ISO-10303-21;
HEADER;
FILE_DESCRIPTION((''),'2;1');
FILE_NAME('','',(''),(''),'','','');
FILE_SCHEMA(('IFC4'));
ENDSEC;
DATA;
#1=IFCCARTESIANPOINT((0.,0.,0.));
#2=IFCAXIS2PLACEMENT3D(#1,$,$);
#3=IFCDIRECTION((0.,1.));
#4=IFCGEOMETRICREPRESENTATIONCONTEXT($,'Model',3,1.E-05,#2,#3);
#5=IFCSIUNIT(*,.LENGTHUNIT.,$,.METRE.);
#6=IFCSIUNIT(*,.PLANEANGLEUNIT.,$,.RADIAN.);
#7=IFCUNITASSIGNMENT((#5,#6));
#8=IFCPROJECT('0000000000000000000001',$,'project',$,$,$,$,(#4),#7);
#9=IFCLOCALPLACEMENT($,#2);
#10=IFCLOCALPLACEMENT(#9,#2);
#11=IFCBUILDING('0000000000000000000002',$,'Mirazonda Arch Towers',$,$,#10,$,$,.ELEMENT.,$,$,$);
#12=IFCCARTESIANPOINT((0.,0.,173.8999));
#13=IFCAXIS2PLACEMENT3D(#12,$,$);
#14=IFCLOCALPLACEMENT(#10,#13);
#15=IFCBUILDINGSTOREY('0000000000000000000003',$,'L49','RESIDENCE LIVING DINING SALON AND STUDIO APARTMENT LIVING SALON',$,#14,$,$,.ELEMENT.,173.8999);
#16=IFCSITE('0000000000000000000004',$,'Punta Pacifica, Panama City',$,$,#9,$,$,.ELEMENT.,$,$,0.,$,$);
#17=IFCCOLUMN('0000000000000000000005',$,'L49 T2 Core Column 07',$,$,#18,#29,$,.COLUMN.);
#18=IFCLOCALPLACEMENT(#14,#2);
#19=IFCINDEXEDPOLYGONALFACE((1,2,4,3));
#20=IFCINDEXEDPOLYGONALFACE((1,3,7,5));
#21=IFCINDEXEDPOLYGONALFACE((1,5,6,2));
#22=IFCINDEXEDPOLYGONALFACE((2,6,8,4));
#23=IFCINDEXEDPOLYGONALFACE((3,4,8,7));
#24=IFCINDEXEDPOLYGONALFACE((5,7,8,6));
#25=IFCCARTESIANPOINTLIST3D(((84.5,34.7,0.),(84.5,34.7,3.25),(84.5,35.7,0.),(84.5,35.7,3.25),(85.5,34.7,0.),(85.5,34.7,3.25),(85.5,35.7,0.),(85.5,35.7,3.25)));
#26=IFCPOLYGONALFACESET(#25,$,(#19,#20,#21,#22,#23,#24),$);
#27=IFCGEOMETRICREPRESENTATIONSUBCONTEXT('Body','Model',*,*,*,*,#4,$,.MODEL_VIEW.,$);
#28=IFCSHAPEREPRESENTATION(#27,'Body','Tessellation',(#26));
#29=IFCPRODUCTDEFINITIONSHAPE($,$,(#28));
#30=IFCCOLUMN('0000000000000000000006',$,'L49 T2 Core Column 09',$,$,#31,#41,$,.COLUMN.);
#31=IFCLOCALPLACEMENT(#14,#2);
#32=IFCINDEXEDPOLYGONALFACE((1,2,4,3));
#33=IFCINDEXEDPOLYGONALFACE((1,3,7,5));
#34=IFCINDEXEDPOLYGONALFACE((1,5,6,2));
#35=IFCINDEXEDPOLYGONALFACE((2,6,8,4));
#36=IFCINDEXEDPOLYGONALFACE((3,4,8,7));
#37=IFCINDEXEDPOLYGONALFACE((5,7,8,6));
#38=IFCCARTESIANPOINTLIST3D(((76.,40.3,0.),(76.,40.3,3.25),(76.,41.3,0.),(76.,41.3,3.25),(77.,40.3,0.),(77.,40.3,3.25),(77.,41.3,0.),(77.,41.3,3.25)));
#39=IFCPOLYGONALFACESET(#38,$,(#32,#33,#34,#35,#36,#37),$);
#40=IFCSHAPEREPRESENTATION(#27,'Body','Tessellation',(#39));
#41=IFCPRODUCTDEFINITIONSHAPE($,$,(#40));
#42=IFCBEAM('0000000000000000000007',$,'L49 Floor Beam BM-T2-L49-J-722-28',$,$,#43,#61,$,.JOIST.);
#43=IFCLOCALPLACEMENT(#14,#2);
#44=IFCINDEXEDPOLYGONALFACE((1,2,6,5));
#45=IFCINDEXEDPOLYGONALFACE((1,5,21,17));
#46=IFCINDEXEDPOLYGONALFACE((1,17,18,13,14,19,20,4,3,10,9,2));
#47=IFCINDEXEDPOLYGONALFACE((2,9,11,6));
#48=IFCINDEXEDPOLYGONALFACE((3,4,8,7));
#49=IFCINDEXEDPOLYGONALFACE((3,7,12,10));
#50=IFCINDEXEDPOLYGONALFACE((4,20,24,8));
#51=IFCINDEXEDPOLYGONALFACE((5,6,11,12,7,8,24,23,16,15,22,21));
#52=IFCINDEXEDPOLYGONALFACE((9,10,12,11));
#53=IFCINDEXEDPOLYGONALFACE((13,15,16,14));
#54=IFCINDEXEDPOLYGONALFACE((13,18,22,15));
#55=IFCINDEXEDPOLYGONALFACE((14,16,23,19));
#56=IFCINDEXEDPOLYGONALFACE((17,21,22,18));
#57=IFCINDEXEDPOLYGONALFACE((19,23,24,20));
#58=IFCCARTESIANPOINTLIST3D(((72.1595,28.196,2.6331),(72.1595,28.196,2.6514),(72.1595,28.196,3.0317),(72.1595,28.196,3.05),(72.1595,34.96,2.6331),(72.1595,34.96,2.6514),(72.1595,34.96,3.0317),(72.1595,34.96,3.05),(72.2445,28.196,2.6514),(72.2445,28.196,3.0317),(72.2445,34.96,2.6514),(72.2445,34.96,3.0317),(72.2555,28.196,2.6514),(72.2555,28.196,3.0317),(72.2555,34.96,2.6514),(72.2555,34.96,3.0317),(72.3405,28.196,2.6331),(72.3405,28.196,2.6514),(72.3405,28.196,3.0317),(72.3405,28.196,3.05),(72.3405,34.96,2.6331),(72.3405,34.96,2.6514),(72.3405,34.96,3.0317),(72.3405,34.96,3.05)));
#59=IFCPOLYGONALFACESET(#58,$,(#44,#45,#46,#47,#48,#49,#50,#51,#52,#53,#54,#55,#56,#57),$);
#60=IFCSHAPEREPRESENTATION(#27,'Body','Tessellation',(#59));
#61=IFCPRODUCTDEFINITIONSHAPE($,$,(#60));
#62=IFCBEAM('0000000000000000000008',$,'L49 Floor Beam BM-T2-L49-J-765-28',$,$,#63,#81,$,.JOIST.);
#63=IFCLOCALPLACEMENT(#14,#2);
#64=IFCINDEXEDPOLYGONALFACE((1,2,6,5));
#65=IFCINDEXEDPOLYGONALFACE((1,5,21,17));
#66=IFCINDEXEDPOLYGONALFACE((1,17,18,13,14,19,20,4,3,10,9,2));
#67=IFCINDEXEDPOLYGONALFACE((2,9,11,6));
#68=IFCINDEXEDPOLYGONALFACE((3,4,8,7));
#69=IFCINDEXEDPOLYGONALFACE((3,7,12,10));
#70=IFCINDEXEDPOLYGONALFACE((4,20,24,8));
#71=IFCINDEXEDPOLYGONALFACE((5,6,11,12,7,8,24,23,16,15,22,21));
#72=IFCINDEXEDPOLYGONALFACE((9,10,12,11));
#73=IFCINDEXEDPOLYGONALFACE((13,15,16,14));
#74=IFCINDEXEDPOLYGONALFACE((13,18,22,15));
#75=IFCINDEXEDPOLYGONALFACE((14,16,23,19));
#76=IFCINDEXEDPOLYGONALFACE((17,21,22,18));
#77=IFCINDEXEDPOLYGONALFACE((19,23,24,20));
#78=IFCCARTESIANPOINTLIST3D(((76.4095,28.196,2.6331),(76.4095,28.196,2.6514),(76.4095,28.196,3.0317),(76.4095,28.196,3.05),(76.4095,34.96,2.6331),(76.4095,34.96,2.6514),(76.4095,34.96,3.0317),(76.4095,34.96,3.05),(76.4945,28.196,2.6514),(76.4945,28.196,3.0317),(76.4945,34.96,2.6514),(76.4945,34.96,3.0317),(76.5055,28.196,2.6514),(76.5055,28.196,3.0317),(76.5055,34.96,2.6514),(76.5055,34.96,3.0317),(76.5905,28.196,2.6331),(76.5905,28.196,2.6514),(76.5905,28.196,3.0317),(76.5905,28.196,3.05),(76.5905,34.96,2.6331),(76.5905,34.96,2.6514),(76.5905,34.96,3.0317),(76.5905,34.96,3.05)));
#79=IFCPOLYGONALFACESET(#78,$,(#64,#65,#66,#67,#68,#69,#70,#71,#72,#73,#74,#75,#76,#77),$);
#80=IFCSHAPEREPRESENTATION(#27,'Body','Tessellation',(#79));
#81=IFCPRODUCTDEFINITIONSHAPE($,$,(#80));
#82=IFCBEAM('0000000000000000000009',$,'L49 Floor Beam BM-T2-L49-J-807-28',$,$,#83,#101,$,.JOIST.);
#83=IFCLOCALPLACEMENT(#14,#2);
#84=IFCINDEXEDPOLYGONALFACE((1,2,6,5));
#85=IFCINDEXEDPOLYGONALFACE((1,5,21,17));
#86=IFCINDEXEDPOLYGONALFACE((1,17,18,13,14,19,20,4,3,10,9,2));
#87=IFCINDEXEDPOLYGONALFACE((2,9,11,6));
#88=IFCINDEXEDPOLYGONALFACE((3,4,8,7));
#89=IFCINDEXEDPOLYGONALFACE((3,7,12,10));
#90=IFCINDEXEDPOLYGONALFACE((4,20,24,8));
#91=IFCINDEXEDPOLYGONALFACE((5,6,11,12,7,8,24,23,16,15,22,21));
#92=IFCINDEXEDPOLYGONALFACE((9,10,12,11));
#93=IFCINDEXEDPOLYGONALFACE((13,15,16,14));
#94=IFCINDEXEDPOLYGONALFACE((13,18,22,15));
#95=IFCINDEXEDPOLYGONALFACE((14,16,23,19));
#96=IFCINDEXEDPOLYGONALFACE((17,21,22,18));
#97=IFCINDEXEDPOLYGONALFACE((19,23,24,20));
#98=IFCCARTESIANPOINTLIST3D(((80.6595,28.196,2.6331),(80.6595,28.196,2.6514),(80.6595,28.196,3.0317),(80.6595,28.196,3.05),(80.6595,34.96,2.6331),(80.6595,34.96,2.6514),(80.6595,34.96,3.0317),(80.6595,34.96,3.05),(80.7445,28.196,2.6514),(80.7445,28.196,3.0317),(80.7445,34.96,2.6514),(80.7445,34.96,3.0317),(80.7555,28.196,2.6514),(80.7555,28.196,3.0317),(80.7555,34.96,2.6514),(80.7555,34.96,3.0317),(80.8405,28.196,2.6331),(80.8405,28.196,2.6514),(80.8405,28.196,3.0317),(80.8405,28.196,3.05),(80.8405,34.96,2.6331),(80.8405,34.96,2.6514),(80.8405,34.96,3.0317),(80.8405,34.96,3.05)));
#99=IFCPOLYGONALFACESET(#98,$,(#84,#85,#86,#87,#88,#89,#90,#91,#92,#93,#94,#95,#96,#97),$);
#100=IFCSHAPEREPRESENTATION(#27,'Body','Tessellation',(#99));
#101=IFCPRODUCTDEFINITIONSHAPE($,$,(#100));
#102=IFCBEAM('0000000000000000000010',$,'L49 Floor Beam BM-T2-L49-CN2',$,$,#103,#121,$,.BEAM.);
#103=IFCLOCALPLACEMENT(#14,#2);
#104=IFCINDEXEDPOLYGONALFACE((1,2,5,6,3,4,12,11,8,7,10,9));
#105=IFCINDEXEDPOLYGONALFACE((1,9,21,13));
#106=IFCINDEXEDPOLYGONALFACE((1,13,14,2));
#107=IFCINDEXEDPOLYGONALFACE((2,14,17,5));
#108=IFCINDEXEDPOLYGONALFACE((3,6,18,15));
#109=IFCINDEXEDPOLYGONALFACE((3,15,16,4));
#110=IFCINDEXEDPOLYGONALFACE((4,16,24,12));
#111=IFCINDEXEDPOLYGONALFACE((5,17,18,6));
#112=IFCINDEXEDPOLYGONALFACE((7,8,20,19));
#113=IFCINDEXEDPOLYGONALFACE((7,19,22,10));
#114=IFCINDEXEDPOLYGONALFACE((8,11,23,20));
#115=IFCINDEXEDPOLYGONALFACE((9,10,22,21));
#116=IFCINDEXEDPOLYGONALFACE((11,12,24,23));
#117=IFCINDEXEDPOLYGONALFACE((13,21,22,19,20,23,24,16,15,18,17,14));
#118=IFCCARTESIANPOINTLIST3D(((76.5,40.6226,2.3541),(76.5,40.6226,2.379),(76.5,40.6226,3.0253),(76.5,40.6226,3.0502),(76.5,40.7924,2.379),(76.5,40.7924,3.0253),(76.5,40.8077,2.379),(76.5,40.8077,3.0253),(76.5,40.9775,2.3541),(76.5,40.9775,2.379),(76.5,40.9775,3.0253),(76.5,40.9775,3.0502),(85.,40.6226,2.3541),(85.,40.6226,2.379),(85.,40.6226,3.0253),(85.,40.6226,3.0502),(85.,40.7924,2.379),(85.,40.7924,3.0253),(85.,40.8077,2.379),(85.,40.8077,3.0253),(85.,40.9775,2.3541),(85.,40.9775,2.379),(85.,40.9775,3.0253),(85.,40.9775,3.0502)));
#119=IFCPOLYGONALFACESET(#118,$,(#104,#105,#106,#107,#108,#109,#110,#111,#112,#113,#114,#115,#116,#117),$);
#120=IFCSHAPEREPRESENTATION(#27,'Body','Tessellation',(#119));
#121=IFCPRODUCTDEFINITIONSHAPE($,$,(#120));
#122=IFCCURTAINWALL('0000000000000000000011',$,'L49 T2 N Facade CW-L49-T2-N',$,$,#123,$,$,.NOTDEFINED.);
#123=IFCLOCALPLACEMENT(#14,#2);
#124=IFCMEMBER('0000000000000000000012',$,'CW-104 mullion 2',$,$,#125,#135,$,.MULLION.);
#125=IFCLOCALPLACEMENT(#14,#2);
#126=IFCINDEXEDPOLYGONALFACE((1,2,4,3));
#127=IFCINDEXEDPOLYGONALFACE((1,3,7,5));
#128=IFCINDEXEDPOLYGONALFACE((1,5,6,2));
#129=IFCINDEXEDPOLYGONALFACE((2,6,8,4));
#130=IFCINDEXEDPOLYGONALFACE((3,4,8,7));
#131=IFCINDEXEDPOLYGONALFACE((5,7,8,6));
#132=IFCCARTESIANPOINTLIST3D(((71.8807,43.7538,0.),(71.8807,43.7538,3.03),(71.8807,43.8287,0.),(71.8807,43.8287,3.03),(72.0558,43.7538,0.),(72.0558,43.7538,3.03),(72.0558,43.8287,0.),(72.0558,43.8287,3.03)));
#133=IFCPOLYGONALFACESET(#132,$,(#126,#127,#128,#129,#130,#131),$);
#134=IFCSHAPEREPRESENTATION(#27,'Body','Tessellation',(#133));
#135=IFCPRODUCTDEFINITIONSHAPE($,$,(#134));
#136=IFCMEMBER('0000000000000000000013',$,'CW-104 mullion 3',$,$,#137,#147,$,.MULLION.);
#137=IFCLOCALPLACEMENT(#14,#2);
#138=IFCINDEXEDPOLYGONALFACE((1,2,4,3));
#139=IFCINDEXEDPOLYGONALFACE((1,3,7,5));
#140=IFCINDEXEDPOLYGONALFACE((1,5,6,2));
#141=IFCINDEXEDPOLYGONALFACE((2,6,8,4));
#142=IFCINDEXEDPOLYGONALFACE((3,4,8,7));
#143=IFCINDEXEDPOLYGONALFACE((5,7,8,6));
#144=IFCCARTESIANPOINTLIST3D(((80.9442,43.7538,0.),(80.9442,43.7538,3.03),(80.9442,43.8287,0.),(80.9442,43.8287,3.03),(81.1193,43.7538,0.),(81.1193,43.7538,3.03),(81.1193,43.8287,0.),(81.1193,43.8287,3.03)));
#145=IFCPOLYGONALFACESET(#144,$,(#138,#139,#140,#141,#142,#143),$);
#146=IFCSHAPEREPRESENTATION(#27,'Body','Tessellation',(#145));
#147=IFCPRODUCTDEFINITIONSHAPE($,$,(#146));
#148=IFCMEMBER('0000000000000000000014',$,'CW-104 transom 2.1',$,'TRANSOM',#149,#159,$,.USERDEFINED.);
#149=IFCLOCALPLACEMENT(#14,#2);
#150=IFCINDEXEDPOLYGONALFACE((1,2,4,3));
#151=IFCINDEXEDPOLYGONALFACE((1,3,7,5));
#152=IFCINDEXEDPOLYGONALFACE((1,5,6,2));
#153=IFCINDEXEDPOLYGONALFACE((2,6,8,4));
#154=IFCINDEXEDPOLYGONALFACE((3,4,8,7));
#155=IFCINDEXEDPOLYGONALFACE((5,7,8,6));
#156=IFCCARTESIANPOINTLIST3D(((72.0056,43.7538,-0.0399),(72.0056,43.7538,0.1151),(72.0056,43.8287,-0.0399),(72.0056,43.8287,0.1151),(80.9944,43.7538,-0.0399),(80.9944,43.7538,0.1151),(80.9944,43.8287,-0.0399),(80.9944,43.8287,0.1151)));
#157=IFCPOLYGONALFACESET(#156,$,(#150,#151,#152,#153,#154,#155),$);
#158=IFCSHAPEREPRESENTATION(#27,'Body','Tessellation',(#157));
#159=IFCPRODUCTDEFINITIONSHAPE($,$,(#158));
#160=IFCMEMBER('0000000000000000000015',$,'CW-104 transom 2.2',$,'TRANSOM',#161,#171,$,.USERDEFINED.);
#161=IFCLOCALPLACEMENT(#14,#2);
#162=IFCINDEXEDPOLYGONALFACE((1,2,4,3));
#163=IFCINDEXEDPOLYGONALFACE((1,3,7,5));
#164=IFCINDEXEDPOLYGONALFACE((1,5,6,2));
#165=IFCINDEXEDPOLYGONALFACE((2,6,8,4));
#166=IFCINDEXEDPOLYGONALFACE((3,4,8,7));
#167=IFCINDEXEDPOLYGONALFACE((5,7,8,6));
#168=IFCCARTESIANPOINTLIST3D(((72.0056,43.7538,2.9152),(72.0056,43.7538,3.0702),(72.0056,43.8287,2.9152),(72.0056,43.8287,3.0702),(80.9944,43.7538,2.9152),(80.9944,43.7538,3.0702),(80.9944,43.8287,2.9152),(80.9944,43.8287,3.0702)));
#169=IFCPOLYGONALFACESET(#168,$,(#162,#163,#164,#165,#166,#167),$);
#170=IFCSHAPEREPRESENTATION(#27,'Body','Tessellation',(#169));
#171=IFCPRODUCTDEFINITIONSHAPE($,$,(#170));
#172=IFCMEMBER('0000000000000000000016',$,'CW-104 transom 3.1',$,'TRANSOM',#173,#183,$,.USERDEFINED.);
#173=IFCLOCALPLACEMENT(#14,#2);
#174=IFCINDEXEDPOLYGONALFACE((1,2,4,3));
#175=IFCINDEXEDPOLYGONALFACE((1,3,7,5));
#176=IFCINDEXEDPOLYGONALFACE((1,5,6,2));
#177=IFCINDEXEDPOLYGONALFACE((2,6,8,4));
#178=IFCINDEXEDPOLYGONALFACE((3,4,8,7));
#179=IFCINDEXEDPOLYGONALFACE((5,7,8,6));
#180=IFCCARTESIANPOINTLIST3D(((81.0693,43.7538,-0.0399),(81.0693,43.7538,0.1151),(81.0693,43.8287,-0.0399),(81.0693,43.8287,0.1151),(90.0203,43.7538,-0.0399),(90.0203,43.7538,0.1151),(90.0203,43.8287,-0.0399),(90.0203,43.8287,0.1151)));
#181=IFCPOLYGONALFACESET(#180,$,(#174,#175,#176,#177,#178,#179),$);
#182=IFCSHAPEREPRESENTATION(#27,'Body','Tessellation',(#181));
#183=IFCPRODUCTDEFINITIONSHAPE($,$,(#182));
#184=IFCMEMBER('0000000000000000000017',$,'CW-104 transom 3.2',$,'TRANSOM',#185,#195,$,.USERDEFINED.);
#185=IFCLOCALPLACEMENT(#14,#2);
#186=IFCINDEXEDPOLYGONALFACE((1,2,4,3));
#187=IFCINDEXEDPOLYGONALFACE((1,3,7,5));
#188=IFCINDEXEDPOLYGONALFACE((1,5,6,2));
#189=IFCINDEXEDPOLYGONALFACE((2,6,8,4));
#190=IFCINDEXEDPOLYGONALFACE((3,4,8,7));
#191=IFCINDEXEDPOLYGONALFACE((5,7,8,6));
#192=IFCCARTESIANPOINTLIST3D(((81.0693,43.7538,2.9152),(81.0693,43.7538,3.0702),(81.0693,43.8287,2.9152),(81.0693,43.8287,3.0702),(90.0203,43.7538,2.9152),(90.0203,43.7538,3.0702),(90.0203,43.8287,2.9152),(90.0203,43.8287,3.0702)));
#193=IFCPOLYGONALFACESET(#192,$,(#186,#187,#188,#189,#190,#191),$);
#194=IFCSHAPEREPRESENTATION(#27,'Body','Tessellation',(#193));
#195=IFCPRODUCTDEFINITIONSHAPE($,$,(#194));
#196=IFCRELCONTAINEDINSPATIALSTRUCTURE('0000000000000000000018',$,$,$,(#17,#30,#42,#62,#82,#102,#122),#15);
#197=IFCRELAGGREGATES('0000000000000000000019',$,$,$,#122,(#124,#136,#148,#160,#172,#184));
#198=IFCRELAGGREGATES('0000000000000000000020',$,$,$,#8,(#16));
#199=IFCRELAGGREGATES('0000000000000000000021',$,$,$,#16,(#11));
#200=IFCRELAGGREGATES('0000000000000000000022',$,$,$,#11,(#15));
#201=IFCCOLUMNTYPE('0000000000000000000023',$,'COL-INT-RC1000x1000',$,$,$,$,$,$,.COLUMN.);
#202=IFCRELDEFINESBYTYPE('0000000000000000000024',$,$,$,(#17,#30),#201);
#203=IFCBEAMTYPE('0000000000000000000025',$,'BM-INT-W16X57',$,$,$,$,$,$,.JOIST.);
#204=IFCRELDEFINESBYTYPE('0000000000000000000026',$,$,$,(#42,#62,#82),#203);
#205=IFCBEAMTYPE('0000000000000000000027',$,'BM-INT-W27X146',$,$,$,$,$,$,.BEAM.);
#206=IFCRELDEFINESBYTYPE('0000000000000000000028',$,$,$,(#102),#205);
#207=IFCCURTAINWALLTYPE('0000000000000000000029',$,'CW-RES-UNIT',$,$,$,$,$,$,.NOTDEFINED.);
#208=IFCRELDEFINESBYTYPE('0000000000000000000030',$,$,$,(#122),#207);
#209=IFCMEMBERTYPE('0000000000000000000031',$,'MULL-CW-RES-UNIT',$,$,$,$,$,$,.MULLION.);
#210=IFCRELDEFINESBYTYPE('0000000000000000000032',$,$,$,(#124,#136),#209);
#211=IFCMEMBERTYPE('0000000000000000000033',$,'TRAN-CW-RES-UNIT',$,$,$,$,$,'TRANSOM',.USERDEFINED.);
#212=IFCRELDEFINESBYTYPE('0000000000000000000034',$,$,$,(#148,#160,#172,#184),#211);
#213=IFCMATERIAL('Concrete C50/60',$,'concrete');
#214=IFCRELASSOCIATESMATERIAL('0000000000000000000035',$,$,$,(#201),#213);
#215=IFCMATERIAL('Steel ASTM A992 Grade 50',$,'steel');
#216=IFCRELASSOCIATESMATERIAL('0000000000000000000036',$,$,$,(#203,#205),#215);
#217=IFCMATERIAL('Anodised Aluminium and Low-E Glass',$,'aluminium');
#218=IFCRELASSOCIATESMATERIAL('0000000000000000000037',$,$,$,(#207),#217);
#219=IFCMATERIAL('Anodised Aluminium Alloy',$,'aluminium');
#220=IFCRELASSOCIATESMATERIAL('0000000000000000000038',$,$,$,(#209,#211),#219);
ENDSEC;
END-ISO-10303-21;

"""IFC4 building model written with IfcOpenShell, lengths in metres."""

from ifc_helpers import new_model, si_unit, direction, frame, origin, origin_2d, place, context, subcontext, project, spatial, rectangle, i_section, extrude, material, material_profile, profile_set, type_object, element, aggregate, save


model = new_model("IFC4")

# Units and contexts
model_context = context("Model", 3, precision=1e-05, world=origin(), true_north=direction((0.0, 1.0)))
body_context = subcontext(model_context, "Body", "Model", "MODEL_VIEW")
ifc_project = project(units=[si_unit("LENGTHUNIT", "METRE"), si_unit("PLANEANGLEUNIT", "RADIAN")], contexts=[model_context])

# Site, building, storey
site_placement = place(None, origin())
site = spatial("IfcSite", under=ifc_project, at=site_placement, Name="Punta Pacifica, Panama City", CompositionType="ELEMENT", RefElevation=0.0)
building_placement = place(site_placement, origin())
building = spatial("IfcBuilding", under=site, at=building_placement, Name="Mirazonda Arch Towers", CompositionType="ELEMENT")
storey_placement = place(building_placement, frame((0.0, 0.0, 173.8999)))
storey = spatial("IfcBuildingStorey", under=building, at=storey_placement, Name="L49", Description="RESIDENCE LIVING DINING SALON AND STUDIO APARTMENT LIVING SALON", CompositionType="ELEMENT", Elevation=173.8999)

# Columns
ifc_material_1 = material(Name="Concrete C50/60", Category="concrete")
ifc_material_profile_1 = material_profile(ifc_material_1, rectangle(XDim=1.0, YDim=1.0, at=origin_2d()), Name="RC1000x1000")
ifc_profile_set_1 = profile_set([ifc_material_profile_1], Name="Concrete C50/60")
column_type = type_object("IfcColumnType", Name="COL-INT-RC1000x1000", PredefinedType="COLUMN", material=ifc_profile_set_1)
for number, where, z_axis, x_axis, name in (
    (1, (85.0, 35.2, 0.0), (0.0, 0.0, 1.0), (1.0, 0.0, 0.0), "L49 T2 Core Column 07"),
    (2, (76.5, 40.8, 0.0), (0.0, 0.0, 1.0), (1.0, 0.0, 0.0), "L49 T2 Core Column 09"),
):
    element("IfcColumn", number, at=place(storey_placement, frame(where, z_axis=z_axis, x_axis=x_axis)), inside=storey, type_object=column_type, Name=name, PredefinedType="COLUMN", context=body_context, shape_type="SweptSolid", body=[
        extrude(rectangle(XDim=1.0, YDim=1.0, at=origin_2d()), origin(), (0.0, 0.0, 1.0), 3.25),
    ])

# Beams
ifc_material_2 = material(Name="Steel ASTM A992 Grade 50", Category="steel")
ifc_material_profile_2 = material_profile(ifc_material_2, i_section(OverallWidth=0.1809, OverallDepth=0.417, WebThickness=0.011, FlangeThickness=0.0183, at=origin_2d()), Name="W16X57")
ifc_profile_set_2 = profile_set([ifc_material_profile_2], Name="Steel ASTM A992 Grade 50")
beam_type_1 = type_object("IfcBeamType", Name="BM-INT-W16X57", PredefinedType="JOIST", material=ifc_profile_set_2)
for number, where, z_axis, x_axis, name in (
    (3, (72.25, 28.196, 2.8416), (0.0, 1.0, 0.0), (-1.0, 0.0, 0.0), "L49 Floor Beam BM-T2-L49-J-722-28"),
    (4, (76.5, 28.196, 2.8416), (0.0, 1.0, 0.0), (-1.0, 0.0, 0.0), "L49 Floor Beam BM-T2-L49-J-765-28"),
    (5, (80.75, 28.196, 2.8416), (0.0, 1.0, 0.0), (-1.0, 0.0, 0.0), "L49 Floor Beam BM-T2-L49-J-807-28"),
):
    element("IfcBeam", number, at=place(storey_placement, frame(where, z_axis=z_axis, x_axis=x_axis)), inside=storey, type_object=beam_type_1, Name=name, PredefinedType="JOIST", context=body_context, shape_type="SweptSolid", body=[
        extrude(i_section(OverallWidth=0.1809, OverallDepth=0.417, WebThickness=0.011, FlangeThickness=0.0183, at=origin_2d()), origin(), (0.0, 0.0, 1.0), 6.7639),
    ])
ifc_material_profile_3 = material_profile(ifc_material_2, i_section(OverallWidth=0.355, OverallDepth=0.696, WebThickness=0.0154, FlangeThickness=0.0249, at=origin_2d()), Name="W27X146")
ifc_profile_set_3 = profile_set([ifc_material_profile_3], Name="Steel ASTM A992 Grade 50")
beam_type_2 = type_object("IfcBeamType", Name="BM-INT-W27X146", PredefinedType="BEAM", material=ifc_profile_set_3)
beam_placement = place(storey_placement, frame((76.5, 40.8, 2.7021), z_axis=(1.0, 0.0, 0.0), x_axis=(0.0, 1.0, 0.0)))
element("IfcBeam", 6, at=beam_placement, inside=storey, type_object=beam_type_2, Name="L49 Floor Beam BM-T2-L49-CN2", PredefinedType="BEAM", context=body_context, shape_type="SweptSolid", body=[
    extrude(i_section(OverallWidth=0.355, OverallDepth=0.696, WebThickness=0.0154, FlangeThickness=0.0249, at=origin_2d()), origin(), (0.0, 0.0, 1.0), 8.5),
])

# Curtain wall, members
ifc_material_3 = material(Name="Anodised Aluminium and Low-E Glass", Category="aluminium")
curtain_wall_type = type_object("IfcCurtainWallType", Name="CW-RES-UNIT", PredefinedType="NOTDEFINED", material=ifc_material_3)
curtain_wall_placement = place(storey_placement, origin())
curtain_wall = element("IfcCurtainWall", 7, at=curtain_wall_placement, inside=storey, type_object=curtain_wall_type, Name="L49 T2 N Facade CW-L49-T2-N", PredefinedType="NOTDEFINED")
ifc_material_4 = material(Name="Anodised Aluminium Alloy", Category="aluminium")
ifc_material_profile_4 = material_profile(ifc_material_4, rectangle(XDim=0.075, YDim=0.175, at=origin_2d()), Name="ALU-MULL-75x175")
ifc_profile_set_4 = profile_set([ifc_material_profile_4], Name="Anodised Aluminium Alloy")
member_type_1 = type_object("IfcMemberType", Name="MULL-CW-RES-UNIT", PredefinedType="MULLION", material=ifc_profile_set_4)
member_1_placement = place(storey_placement, frame((71.9683, 43.7913, 0.0), z_axis=(0.0, 0.0, 1.0), x_axis=(0.0, 1.0, 0.0)))
member_1 = element("IfcMember", 8, at=member_1_placement, type_object=member_type_1, Name="CW-104 mullion 2", PredefinedType="MULLION", context=body_context, shape_type="SweptSolid", body=[
    extrude(rectangle(XDim=0.075, YDim=0.175, at=origin_2d()), origin(), (0.0, 0.0, 1.0), 3.03),
])
member_2_placement = place(storey_placement, frame((81.0317, 43.7913, 0.0), z_axis=(0.0, 0.0, 1.0), x_axis=(0.0, 1.0, 0.0)))
member_2 = element("IfcMember", 9, at=member_2_placement, type_object=member_type_1, Name="CW-104 mullion 3", PredefinedType="MULLION", context=body_context, shape_type="SweptSolid", body=[
    extrude(rectangle(XDim=0.075, YDim=0.175, at=origin_2d()), origin(), (0.0, 0.0, 1.0), 3.03),
])
ifc_material_profile_5 = material_profile(ifc_material_4, rectangle(XDim=0.075, YDim=0.155, at=origin_2d()), Name="ALU-TRAN-75x155")
ifc_profile_set_5 = profile_set([ifc_material_profile_5], Name="Anodised Aluminium Alloy")
member_type_2 = type_object("IfcMemberType", Name="TRAN-CW-RES-UNIT", ElementType="TRANSOM", PredefinedType="USERDEFINED", material=ifc_profile_set_5)
member_3_placement = place(storey_placement, frame((72.0056, 43.7913, 0.0376), z_axis=(1.0, 0.0, 0.0), x_axis=(0.0, 1.0, 0.0)))
member_3 = element("IfcMember", 10, at=member_3_placement, type_object=member_type_2, Name="CW-104 transom 2.1", ObjectType="TRANSOM", PredefinedType="USERDEFINED", context=body_context, shape_type="SweptSolid", body=[
    extrude(rectangle(XDim=0.075, YDim=0.155, at=origin_2d()), origin(), (0.0, 0.0, 1.0), 8.9888),
])
member_4_placement = place(storey_placement, frame((72.0056, 43.7913, 2.9927), z_axis=(1.0, 0.0, 0.0), x_axis=(0.0, 1.0, 0.0)))
member_4 = element("IfcMember", 11, at=member_4_placement, type_object=member_type_2, Name="CW-104 transom 2.2", ObjectType="TRANSOM", PredefinedType="USERDEFINED", context=body_context, shape_type="SweptSolid", body=[
    extrude(rectangle(XDim=0.075, YDim=0.155, at=origin_2d()), origin(), (0.0, 0.0, 1.0), 8.9888),
])
member_5_placement = place(storey_placement, frame((81.0693, 43.7913, 0.0376), z_axis=(1.0, 0.0, 0.0), x_axis=(0.0, 1.0, 0.0)))
member_5 = element("IfcMember", 12, at=member_5_placement, type_object=member_type_2, Name="CW-104 transom 3.1", ObjectType="TRANSOM", PredefinedType="USERDEFINED", context=body_context, shape_type="SweptSolid", body=[
    extrude(rectangle(XDim=0.075, YDim=0.155, at=origin_2d()), origin(), (0.0, 0.0, 1.0), 8.9509),
])
member_6_placement = place(storey_placement, frame((81.0693, 43.7913, 2.9927), z_axis=(1.0, 0.0, 0.0), x_axis=(0.0, 1.0, 0.0)))
member_6 = element("IfcMember", 13, at=member_6_placement, type_object=member_type_2, Name="CW-104 transom 3.2", ObjectType="TRANSOM", PredefinedType="USERDEFINED", context=body_context, shape_type="SweptSolid", body=[
    extrude(rectangle(XDim=0.075, YDim=0.155, at=origin_2d()), origin(), (0.0, 0.0, 1.0), 8.9509),
])
aggregate(curtain_wall, [member_1, member_2, member_3, member_4, member_5, member_6])

save(model, "model.ifc")
